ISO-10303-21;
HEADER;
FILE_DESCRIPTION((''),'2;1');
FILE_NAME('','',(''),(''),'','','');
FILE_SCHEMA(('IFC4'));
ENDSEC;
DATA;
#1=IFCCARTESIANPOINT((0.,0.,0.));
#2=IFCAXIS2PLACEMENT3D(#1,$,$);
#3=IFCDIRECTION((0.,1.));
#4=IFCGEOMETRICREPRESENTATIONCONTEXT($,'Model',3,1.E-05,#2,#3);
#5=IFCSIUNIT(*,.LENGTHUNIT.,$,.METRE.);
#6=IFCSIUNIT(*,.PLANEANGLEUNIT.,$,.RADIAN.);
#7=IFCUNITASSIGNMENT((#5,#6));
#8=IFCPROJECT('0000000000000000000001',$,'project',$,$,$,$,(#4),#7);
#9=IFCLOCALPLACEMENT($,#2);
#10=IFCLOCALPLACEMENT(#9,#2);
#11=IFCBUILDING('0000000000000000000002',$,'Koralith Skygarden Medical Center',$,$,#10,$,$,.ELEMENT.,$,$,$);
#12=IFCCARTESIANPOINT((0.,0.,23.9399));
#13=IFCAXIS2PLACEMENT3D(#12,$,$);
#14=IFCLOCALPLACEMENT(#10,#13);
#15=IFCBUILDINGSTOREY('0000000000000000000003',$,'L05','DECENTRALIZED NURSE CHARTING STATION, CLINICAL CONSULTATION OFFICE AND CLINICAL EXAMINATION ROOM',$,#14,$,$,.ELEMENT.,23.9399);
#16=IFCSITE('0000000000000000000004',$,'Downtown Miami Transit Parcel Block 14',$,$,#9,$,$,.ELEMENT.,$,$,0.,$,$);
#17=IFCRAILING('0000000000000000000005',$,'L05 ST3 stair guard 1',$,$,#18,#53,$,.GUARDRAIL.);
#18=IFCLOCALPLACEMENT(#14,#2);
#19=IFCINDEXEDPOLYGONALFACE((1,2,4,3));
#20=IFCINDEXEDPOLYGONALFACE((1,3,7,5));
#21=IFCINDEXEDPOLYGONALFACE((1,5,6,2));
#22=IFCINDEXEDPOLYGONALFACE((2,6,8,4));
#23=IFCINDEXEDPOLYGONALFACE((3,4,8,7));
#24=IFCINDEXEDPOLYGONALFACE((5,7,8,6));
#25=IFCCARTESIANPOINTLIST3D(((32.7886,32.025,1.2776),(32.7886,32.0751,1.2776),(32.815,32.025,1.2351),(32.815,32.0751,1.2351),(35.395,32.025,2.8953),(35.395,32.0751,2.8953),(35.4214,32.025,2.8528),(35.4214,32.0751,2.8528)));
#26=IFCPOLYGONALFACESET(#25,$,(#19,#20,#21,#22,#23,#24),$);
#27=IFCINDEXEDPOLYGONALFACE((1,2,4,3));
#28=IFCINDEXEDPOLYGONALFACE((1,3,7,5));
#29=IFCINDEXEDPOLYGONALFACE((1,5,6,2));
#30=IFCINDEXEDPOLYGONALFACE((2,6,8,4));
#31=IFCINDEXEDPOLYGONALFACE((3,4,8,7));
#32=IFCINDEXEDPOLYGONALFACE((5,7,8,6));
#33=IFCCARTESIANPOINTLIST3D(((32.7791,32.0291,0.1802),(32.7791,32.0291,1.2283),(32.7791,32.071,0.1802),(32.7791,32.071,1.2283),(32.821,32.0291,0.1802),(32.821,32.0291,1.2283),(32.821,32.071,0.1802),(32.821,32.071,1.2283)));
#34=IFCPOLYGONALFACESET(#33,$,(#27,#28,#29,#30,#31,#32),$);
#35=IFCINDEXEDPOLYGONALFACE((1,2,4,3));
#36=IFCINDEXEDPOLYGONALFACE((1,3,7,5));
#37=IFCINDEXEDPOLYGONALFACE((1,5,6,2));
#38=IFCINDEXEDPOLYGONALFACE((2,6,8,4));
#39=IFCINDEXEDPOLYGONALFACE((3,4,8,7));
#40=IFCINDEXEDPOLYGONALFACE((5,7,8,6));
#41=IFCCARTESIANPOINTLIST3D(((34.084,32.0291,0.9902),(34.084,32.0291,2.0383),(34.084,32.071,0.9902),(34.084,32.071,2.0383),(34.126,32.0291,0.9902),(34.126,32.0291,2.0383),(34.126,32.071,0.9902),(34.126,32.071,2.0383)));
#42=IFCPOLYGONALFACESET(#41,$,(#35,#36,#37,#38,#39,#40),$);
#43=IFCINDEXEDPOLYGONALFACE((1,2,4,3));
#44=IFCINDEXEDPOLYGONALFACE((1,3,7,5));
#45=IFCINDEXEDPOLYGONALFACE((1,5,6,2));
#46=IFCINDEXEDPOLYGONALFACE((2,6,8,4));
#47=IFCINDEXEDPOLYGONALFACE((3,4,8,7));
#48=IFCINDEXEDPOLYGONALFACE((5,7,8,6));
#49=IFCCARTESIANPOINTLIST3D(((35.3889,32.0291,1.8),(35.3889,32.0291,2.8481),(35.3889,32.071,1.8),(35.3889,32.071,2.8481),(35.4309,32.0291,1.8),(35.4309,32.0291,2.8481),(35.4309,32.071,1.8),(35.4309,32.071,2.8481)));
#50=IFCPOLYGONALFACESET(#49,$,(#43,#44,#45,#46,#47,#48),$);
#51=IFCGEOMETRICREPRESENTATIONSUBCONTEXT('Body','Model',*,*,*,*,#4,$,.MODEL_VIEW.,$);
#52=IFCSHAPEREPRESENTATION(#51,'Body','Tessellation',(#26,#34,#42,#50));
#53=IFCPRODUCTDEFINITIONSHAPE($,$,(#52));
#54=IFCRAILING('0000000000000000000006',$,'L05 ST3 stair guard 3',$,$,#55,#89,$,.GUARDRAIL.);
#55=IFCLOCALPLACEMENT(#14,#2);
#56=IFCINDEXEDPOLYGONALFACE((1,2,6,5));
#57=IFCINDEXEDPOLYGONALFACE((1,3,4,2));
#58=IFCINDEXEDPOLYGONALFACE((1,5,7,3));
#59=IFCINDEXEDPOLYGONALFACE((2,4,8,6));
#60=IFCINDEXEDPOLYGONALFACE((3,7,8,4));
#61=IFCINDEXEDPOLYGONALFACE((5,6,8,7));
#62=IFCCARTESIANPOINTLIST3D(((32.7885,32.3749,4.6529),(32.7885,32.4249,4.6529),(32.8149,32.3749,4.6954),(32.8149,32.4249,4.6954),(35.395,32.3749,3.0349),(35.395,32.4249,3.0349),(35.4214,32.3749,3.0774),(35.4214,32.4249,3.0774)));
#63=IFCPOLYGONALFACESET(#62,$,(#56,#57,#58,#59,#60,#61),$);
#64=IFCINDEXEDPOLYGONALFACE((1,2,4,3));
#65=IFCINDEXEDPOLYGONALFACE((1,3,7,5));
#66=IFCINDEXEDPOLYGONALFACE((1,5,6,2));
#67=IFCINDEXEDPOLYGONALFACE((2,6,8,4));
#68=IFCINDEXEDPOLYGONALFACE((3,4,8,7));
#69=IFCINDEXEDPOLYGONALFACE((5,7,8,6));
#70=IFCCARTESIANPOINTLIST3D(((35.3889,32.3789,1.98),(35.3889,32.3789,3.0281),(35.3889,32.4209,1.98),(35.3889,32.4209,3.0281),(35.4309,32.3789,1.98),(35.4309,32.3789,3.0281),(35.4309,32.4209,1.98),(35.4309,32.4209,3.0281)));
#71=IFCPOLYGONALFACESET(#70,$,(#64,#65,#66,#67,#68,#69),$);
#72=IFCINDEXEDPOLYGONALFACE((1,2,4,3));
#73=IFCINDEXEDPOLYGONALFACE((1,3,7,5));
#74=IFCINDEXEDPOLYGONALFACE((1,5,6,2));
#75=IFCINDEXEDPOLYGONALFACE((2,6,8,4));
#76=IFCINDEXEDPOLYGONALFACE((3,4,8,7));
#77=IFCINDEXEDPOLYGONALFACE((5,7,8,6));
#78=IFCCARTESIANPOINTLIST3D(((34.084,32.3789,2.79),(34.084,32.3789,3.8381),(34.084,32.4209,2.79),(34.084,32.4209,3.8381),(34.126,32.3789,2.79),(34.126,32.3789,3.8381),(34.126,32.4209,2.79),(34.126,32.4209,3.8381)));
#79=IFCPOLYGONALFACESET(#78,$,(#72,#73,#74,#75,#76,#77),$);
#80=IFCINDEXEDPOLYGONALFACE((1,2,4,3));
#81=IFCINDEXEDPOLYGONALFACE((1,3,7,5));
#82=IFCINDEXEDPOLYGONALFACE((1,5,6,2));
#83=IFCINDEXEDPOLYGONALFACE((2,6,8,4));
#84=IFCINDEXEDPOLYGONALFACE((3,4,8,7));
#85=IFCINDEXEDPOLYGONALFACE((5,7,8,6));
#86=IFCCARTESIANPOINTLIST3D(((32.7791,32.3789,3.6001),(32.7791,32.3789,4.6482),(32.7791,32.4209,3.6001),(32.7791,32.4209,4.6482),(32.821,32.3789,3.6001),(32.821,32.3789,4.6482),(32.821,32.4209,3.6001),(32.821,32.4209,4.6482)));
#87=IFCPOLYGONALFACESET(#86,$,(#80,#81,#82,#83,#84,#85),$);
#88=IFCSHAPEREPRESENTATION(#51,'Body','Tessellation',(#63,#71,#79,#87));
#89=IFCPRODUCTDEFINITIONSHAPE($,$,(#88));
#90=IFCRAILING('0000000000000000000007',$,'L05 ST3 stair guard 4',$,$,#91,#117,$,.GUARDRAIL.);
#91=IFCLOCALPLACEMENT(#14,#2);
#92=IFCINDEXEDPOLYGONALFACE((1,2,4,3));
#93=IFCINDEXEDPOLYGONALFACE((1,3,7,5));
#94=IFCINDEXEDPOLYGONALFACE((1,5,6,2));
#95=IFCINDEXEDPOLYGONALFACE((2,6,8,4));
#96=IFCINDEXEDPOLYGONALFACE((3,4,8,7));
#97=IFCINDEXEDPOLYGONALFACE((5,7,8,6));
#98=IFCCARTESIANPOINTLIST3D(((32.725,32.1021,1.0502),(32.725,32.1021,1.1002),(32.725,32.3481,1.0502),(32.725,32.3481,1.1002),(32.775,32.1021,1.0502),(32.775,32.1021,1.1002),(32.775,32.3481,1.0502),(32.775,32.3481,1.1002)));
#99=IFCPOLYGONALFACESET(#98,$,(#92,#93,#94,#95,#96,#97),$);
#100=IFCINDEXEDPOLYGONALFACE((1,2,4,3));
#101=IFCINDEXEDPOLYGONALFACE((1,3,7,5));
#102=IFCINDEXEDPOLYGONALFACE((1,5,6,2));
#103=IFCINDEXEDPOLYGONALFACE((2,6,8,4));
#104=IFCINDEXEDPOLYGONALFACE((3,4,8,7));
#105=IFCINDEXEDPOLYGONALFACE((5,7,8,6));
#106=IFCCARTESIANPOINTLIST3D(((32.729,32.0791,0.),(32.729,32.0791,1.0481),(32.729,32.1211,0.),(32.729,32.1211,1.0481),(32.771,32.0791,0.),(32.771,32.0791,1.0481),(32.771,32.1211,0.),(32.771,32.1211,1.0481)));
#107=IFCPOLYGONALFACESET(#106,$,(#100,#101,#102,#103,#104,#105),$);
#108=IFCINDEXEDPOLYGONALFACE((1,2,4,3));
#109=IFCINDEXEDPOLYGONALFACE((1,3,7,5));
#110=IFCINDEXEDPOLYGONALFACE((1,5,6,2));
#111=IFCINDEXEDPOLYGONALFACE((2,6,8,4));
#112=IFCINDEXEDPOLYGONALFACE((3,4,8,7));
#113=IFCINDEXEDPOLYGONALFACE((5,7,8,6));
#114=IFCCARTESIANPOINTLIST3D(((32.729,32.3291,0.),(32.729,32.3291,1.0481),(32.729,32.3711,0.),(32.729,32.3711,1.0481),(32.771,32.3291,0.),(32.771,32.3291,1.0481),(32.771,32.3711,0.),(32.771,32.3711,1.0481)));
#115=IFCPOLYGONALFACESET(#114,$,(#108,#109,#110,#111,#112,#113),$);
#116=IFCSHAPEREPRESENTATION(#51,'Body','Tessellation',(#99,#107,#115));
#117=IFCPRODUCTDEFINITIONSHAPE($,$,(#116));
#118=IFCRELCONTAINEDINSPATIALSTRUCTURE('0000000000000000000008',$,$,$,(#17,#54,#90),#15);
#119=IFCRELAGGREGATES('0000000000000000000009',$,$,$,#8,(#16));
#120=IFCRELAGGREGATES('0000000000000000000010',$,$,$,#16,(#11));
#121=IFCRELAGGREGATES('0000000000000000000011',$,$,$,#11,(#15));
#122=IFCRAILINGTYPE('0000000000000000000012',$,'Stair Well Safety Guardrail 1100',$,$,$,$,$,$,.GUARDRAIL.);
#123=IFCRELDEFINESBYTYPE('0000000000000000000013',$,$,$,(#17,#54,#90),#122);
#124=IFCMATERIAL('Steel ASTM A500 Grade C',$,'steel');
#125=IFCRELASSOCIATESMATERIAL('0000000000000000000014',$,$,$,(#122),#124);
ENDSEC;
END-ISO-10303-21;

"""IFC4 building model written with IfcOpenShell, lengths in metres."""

from ifc_helpers import new_model, si_unit, direction, frame, origin, origin_2d, place, context, subcontext, project, spatial, rectangle, extrude, material, type_object, element, save


model = new_model("IFC4")

# Units and contexts
model_context = context("Model", 3, precision=1e-05, world=origin(), true_north=direction((0.0, 1.0)))
body_context = subcontext(model_context, "Body", "Model", "MODEL_VIEW")
ifc_project = project(units=[si_unit("LENGTHUNIT", "METRE"), si_unit("PLANEANGLEUNIT", "RADIAN")], contexts=[model_context])

# Site, building, storey
site_placement = place(None, origin())
site = spatial("IfcSite", under=ifc_project, at=site_placement, Name="Downtown Miami Transit Parcel Block 14", CompositionType="ELEMENT", RefElevation=0.0)
building_placement = place(site_placement, origin())
building = spatial("IfcBuilding", under=site, at=building_placement, Name="Koralith Skygarden Medical Center", CompositionType="ELEMENT")
storey_placement = place(building_placement, frame((0.0, 0.0, 23.9399)))
storey = spatial("IfcBuildingStorey", under=building, at=storey_placement, Name="L05", Description="DECENTRALIZED NURSE CHARTING STATION, CLINICAL CONSULTATION OFFICE AND CLINICAL EXAMINATION ROOM", CompositionType="ELEMENT", Elevation=23.9399)

# Railings
ifc_material_1 = material(Name="Steel ASTM A500 Grade C", Category="steel")
railing_type_1 = type_object("IfcRailingType", Name="Stair Well Safety Guardrail 1100", PredefinedType="GUARDRAIL", material=ifc_material_1)
railing_1_placement = place(storey_placement, frame((32.8, 32.05, 0.1802)))
element("IfcRailing", 1, at=railing_1_placement, inside=storey, type_object=railing_type_1, Name="L05 ST3 stair guard 1", PredefinedType="GUARDRAIL", context=body_context, shape_type="SweptSolid", body=[
    extrude(rectangle(XDim=0.05, YDim=0.05, at=origin_2d()), frame((0.0017, 0.0, 1.0762), z_axis=(0.849646, 0.0, 0.527353), x_axis=(0.0, 1.0, 0.0)), (0.0, 0.0, 1.0), 3.0676),
    extrude(rectangle(XDim=0.042, YDim=0.042, at=origin_2d()), origin(), (0.0, 0.0, 1.0), 1.0481),
    extrude(rectangle(XDim=0.042, YDim=0.042, at=origin_2d()), frame((1.3049, 0.0, 0.8101)), (0.0, 0.0, 1.0), 1.0481),
    extrude(rectangle(XDim=0.042, YDim=0.042, at=origin_2d()), frame((2.6099, 0.0, 1.6199)), (0.0, 0.0, 1.0), 1.0481),
])
railing_2_placement = place(storey_placement, frame((35.4099, 32.3999, 1.98)))
element("IfcRailing", 2, at=railing_2_placement, inside=storey, type_object=railing_type_1, Name="L05 ST3 stair guard 3", PredefinedType="GUARDRAIL", context=body_context, shape_type="SweptSolid", body=[
    extrude(rectangle(XDim=0.05, YDim=0.05, at=origin_2d()), frame((-0.0017, 0.0, 1.0762), z_axis=(-0.849611, 0.0, 0.52741), x_axis=(0.0, -1.0, 0.0)), (0.0, 0.0, 1.0), 3.0679),
    extrude(rectangle(XDim=0.042, YDim=0.042, at=origin_2d()), origin(), (0.0, 0.0, 1.0), 1.0481),
    extrude(rectangle(XDim=0.042, YDim=0.042, at=origin_2d()), frame((-1.3049, 0.0, 0.8101)), (0.0, 0.0, 1.0), 1.0481),
    extrude(rectangle(XDim=0.042, YDim=0.042, at=origin_2d()), frame((-2.6099, 0.0, 1.6201)), (0.0, 0.0, 1.0), 1.0481),
])
railing_3_placement = place(storey_placement, frame((32.75, 32.1001, 0.0)))
element("IfcRailing", 3, at=railing_3_placement, inside=storey, type_object=railing_type_1, Name="L05 ST3 stair guard 4", PredefinedType="GUARDRAIL", context=body_context, shape_type="SweptSolid", body=[
    extrude(rectangle(XDim=0.05, YDim=0.05, at=origin_2d()), frame((0.0, 0.002, 1.0752), z_axis=(0.0, 1.0, 0.0), x_axis=(-1.0, 0.0, 0.0)), (0.0, 0.0, 1.0), 0.2461),
    extrude(rectangle(XDim=0.042, YDim=0.042, at=origin_2d()), origin(), (0.0, 0.0, 1.0), 1.0481),
    extrude(rectangle(XDim=0.042, YDim=0.042, at=origin_2d()), frame((0.0, 0.25, 0.0)), (0.0, 0.0, 1.0), 1.0481),
])

save(model, "model.ifc")
